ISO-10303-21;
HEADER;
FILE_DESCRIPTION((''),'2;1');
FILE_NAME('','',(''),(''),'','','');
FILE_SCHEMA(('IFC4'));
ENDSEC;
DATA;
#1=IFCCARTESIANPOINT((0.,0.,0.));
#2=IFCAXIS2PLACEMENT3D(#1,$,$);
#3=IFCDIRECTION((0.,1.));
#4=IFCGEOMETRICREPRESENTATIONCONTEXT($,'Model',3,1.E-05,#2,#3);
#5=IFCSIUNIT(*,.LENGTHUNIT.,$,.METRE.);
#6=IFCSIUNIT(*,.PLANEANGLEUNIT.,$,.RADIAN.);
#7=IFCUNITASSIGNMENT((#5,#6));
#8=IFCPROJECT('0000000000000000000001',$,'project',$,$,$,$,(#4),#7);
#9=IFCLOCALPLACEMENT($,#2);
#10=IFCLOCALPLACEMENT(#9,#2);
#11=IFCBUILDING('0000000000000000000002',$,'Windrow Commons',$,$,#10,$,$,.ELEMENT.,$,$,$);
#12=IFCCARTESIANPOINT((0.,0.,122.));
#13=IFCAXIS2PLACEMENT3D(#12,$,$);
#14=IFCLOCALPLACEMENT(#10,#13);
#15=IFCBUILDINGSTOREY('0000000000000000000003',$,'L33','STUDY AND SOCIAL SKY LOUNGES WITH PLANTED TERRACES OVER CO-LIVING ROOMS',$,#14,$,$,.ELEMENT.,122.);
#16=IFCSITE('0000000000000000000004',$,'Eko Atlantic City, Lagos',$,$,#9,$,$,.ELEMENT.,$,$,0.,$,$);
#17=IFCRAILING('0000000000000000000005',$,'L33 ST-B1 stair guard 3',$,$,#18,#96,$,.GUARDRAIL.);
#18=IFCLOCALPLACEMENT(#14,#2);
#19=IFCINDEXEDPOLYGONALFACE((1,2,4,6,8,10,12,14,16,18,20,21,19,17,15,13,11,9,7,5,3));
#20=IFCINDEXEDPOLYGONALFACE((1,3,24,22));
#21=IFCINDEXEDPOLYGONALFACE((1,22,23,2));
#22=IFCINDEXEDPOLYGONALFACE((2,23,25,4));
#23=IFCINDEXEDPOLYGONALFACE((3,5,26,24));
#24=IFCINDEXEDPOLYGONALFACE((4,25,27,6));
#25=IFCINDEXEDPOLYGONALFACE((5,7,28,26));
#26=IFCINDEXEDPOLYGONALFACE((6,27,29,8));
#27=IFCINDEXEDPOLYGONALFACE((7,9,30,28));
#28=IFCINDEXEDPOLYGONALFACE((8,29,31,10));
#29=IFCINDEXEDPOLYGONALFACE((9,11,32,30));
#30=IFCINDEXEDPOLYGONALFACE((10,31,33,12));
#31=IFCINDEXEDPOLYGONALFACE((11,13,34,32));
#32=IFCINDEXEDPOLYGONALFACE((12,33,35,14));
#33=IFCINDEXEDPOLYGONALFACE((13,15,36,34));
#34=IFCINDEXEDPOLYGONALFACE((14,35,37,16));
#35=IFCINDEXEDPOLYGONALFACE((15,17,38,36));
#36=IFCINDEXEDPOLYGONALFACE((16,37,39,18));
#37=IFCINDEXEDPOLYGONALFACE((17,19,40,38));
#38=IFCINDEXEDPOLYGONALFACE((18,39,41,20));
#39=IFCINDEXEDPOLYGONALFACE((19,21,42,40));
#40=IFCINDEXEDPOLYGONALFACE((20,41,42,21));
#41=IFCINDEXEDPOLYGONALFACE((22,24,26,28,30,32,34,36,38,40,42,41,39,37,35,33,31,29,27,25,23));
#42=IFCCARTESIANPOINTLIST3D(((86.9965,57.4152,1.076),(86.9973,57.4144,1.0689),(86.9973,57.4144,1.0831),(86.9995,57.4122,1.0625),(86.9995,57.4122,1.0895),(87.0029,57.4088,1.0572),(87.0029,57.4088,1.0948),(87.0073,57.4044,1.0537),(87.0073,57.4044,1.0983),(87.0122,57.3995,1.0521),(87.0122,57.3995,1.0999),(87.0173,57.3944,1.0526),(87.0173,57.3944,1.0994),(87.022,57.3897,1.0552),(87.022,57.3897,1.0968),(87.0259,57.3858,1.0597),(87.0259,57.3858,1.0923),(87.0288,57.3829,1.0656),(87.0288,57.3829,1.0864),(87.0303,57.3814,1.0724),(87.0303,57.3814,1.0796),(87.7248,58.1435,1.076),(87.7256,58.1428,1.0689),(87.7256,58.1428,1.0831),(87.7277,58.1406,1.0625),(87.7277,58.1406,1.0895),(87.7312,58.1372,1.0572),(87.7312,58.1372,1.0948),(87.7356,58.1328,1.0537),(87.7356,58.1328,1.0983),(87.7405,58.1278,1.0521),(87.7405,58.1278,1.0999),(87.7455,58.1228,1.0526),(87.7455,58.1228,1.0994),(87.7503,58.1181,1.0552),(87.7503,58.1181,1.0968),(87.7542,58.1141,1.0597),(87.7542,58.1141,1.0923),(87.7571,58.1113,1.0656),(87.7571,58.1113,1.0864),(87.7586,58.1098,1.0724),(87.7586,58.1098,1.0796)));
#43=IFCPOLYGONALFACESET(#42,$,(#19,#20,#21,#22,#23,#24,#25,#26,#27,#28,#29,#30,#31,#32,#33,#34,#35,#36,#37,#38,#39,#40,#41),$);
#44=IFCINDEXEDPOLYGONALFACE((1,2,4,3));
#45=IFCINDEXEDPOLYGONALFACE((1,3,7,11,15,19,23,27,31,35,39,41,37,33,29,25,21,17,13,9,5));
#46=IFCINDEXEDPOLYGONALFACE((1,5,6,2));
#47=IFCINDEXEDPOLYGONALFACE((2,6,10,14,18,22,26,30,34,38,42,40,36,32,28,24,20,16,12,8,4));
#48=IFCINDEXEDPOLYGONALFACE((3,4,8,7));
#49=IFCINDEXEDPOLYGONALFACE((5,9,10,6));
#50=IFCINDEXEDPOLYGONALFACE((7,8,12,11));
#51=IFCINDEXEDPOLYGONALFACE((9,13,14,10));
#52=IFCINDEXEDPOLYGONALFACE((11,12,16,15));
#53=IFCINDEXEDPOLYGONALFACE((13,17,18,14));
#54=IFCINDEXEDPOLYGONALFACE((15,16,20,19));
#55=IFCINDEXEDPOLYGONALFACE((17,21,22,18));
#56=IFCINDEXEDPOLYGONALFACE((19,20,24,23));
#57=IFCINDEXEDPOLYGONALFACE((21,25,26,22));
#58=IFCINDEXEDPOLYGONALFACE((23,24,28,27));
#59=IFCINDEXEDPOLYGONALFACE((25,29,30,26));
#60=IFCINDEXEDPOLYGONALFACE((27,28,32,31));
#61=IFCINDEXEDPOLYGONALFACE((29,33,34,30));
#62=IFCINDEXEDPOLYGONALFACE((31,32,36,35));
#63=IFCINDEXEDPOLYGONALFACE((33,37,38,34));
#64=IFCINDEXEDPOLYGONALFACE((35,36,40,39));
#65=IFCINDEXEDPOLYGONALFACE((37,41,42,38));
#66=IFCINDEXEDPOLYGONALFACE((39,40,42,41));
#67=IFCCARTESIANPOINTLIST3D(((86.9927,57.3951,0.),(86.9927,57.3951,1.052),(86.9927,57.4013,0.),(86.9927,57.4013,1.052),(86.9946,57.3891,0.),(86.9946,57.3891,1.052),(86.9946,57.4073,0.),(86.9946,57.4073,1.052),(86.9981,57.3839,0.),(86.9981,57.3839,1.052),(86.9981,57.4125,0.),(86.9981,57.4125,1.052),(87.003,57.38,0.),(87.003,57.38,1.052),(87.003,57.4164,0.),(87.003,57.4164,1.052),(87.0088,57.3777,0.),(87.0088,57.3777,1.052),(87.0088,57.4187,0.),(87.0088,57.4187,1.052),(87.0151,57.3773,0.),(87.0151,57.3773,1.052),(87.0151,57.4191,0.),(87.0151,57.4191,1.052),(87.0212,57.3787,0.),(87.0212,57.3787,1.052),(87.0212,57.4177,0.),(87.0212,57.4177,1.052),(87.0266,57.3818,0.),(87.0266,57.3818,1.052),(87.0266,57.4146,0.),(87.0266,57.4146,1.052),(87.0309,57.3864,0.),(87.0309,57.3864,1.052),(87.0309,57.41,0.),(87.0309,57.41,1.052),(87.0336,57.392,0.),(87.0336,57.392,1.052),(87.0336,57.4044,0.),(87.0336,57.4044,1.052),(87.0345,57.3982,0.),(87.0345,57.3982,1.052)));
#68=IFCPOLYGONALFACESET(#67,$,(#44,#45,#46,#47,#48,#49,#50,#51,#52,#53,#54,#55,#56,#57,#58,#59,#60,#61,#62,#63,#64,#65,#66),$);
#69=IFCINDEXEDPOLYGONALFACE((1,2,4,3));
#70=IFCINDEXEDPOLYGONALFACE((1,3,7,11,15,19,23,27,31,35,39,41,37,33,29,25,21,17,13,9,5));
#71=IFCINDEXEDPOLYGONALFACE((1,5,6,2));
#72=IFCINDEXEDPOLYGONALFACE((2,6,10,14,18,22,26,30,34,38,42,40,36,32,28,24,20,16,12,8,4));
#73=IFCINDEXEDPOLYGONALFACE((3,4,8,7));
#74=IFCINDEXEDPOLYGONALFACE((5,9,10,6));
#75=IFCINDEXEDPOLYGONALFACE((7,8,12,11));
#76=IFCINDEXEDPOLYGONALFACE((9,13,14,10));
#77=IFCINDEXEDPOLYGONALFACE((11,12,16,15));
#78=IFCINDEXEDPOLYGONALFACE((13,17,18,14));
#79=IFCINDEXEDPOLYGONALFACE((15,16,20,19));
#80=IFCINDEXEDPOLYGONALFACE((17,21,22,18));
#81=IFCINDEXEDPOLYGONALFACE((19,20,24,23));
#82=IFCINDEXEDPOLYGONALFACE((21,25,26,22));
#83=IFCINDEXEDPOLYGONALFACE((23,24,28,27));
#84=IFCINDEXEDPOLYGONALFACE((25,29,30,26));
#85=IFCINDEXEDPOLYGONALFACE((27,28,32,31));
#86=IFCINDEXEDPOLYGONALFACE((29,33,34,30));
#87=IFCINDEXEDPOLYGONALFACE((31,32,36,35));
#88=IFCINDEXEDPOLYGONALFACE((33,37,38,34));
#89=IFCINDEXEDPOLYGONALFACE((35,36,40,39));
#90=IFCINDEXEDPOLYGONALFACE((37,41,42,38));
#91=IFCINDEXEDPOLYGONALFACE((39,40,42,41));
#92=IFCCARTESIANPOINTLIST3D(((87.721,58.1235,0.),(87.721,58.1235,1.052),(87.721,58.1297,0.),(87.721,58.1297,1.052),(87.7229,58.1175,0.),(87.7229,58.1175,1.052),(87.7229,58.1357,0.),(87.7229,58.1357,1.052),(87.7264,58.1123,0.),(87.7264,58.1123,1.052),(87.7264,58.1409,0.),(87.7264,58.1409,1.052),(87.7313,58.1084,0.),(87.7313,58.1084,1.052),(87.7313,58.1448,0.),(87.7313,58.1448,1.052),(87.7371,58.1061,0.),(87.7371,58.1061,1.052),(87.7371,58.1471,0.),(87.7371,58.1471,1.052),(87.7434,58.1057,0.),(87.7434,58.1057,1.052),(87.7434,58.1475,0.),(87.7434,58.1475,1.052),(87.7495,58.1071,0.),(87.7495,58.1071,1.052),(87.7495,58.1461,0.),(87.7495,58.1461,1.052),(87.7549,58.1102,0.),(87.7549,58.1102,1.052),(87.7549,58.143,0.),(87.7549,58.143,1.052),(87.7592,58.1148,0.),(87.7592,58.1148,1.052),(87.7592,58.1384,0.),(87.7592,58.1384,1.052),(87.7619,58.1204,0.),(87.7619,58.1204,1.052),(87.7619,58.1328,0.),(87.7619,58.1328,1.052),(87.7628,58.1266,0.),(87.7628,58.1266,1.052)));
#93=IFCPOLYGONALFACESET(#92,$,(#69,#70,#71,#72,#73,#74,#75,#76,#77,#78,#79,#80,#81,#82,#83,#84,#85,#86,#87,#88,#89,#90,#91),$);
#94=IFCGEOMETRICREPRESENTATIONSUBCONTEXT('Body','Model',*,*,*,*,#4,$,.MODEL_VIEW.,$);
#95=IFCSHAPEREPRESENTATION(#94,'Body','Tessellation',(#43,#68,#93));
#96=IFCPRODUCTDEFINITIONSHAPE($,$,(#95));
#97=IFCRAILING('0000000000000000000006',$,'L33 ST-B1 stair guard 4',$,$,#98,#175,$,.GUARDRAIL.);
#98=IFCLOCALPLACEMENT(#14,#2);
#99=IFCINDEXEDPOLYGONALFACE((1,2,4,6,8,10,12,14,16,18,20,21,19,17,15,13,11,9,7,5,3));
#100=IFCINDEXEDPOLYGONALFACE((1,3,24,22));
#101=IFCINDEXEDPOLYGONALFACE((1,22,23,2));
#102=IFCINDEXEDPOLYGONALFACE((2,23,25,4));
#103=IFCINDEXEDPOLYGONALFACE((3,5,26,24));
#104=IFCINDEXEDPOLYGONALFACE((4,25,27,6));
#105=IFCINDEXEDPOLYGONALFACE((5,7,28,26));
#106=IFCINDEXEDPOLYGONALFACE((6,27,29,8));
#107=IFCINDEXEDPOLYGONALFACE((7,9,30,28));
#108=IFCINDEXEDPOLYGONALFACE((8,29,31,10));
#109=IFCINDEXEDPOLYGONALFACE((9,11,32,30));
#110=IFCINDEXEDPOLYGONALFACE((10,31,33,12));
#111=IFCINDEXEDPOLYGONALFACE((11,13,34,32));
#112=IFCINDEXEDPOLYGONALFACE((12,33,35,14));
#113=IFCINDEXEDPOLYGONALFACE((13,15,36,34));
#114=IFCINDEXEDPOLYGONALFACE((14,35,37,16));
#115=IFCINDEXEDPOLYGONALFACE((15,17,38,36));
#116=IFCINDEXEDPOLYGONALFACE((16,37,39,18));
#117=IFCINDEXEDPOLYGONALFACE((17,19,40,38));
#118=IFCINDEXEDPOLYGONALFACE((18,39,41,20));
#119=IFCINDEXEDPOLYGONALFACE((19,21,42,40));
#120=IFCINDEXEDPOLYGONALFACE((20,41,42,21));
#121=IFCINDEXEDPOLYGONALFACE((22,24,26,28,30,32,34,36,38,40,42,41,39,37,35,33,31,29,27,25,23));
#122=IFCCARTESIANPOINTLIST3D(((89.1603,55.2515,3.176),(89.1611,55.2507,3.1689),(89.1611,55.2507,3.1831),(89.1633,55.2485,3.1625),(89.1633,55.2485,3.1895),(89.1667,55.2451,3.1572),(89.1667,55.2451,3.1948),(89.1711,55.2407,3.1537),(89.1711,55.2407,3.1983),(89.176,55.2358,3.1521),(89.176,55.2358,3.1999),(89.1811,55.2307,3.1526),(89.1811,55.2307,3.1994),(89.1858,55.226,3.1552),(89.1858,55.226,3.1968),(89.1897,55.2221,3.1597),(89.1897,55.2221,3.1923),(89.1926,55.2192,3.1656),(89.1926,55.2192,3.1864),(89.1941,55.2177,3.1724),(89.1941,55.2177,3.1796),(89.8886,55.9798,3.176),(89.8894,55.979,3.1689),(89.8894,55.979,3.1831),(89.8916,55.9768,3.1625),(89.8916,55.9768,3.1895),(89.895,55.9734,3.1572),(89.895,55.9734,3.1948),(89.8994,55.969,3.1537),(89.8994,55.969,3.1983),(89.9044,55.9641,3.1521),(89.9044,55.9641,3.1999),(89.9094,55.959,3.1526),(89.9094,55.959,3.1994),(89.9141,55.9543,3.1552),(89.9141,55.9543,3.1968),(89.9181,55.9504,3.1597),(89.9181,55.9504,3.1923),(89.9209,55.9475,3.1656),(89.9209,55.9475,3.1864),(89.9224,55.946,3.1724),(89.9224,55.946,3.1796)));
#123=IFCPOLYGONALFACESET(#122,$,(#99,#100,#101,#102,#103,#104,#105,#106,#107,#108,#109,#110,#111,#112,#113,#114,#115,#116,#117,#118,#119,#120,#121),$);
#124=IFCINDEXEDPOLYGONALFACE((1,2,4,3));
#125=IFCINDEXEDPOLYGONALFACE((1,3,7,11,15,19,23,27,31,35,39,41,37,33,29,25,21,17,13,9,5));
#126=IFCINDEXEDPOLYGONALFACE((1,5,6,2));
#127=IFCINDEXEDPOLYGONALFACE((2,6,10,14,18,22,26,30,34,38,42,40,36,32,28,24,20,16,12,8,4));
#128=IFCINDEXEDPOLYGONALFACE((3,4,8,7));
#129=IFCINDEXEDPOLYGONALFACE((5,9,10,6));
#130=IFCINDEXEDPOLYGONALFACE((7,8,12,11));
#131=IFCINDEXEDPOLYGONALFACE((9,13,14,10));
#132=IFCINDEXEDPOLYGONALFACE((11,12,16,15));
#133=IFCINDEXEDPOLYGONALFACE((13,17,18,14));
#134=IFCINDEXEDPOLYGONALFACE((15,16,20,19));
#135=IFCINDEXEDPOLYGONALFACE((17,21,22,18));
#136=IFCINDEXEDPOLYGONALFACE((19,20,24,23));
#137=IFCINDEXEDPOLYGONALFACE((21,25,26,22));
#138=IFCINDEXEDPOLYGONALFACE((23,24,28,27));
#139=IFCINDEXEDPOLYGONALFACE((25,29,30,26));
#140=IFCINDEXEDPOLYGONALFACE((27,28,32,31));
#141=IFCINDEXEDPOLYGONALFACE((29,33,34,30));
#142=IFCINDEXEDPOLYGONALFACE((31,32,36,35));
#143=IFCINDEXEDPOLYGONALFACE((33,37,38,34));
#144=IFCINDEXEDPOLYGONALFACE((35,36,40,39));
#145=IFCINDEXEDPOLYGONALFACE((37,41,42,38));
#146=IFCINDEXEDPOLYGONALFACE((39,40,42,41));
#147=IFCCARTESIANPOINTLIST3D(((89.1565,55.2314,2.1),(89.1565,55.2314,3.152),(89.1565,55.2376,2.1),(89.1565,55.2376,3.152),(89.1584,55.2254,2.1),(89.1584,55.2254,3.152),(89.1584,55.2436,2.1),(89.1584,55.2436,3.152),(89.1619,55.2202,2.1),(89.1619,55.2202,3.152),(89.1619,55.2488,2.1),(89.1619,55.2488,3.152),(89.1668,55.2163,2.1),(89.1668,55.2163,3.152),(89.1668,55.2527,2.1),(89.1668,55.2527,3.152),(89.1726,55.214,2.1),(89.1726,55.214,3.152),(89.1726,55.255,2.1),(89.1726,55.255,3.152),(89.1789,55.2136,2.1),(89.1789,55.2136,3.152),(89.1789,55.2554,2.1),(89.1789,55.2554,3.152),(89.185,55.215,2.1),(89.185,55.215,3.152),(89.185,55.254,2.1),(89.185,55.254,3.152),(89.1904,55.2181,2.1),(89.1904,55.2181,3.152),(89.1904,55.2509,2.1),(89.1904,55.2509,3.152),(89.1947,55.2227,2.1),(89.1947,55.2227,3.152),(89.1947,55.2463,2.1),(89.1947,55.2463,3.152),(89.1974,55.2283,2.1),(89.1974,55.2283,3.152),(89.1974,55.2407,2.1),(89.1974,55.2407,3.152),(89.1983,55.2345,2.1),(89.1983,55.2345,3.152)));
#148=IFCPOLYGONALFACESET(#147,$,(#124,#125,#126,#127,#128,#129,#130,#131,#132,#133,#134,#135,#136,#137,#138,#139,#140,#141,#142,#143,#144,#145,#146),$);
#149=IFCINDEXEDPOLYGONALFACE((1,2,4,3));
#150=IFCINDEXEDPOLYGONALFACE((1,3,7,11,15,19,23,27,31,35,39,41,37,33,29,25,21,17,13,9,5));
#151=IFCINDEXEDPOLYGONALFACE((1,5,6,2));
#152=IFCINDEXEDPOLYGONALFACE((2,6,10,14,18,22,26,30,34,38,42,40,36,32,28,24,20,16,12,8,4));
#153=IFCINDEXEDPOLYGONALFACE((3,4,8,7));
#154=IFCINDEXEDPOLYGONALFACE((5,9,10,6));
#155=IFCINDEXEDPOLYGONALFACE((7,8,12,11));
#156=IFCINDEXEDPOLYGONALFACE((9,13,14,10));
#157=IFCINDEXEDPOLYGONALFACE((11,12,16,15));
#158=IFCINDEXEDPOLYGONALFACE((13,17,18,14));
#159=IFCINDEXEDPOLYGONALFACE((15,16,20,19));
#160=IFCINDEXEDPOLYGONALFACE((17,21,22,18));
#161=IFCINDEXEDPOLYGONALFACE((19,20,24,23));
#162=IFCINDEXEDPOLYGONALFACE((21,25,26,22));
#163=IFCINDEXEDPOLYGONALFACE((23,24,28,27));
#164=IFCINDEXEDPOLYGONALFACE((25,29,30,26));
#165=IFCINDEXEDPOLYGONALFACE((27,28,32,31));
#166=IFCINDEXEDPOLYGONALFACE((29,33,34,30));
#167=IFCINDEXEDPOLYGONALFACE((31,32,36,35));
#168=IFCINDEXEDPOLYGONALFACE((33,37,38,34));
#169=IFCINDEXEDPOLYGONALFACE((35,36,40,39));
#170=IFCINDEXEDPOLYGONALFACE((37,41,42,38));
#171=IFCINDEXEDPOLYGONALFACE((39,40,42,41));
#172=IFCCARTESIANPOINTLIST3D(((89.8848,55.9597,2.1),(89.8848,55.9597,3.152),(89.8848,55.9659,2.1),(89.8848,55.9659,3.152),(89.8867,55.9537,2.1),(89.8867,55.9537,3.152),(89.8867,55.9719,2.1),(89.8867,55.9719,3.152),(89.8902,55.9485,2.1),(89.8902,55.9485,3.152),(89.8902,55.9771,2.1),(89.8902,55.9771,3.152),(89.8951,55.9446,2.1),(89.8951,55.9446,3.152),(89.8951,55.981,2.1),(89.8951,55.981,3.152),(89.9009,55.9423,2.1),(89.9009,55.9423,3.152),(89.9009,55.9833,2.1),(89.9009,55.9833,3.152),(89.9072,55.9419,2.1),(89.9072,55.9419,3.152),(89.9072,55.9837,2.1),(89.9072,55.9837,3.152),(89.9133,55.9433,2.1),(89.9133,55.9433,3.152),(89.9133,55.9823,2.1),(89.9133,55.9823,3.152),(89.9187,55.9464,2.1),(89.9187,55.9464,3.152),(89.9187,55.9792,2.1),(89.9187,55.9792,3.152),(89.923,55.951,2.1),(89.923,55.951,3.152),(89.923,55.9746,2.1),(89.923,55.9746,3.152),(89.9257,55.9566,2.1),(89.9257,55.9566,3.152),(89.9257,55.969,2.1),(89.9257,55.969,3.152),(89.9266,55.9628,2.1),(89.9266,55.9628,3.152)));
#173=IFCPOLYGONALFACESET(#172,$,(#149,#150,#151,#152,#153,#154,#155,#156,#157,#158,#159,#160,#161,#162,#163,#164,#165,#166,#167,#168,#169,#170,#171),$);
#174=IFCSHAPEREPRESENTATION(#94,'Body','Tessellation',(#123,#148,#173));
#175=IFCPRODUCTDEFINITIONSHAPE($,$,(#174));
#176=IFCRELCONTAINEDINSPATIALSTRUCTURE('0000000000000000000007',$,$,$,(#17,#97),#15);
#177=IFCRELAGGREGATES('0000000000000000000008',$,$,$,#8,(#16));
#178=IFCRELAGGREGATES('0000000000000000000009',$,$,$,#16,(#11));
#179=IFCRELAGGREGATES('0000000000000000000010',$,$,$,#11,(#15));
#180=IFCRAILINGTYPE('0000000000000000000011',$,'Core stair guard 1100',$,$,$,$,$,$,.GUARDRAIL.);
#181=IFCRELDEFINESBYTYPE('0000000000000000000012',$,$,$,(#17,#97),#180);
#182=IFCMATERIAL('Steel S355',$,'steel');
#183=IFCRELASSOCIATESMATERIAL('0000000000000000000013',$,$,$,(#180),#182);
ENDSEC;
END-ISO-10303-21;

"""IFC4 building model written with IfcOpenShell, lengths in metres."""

from ifc_helpers import new_model, si_unit, direction, frame, origin, origin_2d, place, context, subcontext, project, spatial, circle, extrude, material, type_object, element, save


model = new_model("IFC4")

# Units and contexts
model_context = context("Model", 3, precision=1e-05, world=origin(), true_north=direction((0.0, 1.0)))
body_context = subcontext(model_context, "Body", "Model", "MODEL_VIEW")
ifc_project = project(units=[si_unit("LENGTHUNIT", "METRE"), si_unit("PLANEANGLEUNIT", "RADIAN")], contexts=[model_context])

# Site, building, storey
site_placement = place(None, origin())
site = spatial("IfcSite", under=ifc_project, at=site_placement, Name="Eko Atlantic City, Lagos", CompositionType="ELEMENT", RefElevation=0.0)
building_placement = place(site_placement, origin())
building = spatial("IfcBuilding", under=site, at=building_placement, Name="Windrow Commons", CompositionType="ELEMENT")
storey_placement = place(building_placement, frame((0.0, 0.0, 122.0)))
storey = spatial("IfcBuildingStorey", under=building, at=storey_placement, Name="L33", Description="STUDY AND SOCIAL SKY LOUNGES WITH PLANTED TERRACES OVER CO-LIVING ROOMS", CompositionType="ELEMENT", Elevation=122.0)

# Railings
ifc_material_1 = material(Name="Steel S355", Category="steel")
railing_type_1 = type_object("IfcRailingType", Name="Core stair guard 1100", PredefinedType="GUARDRAIL", material=ifc_material_1)
railing_1_placement = place(storey_placement, frame((87.0135, 57.3982, 0.0)))
element("IfcRailing", 1, at=railing_1_placement, inside=storey, type_object=railing_type_1, Name="L33 ST-B1 stair guard 3", PredefinedType="GUARDRAIL", context=body_context, shape_type="SweptSolid", body=[
    extrude(circle(Radius=0.024, at=origin_2d()), frame((0.0, 0.0, 1.076), z_axis=(0.707058, 0.707155, 0.0), x_axis=(-0.707155, 0.707058, 0.0)), (0.0, 0.0, 1.0), 1.03),
    extrude(circle(Radius=0.021, at=origin_2d()), origin(), (0.0, 0.0, 1.0), 1.052),
    extrude(circle(Radius=0.021, at=origin_2d()), frame((0.7283, 0.7284, 0.0)), (0.0, 0.0, 1.0), 1.052),
])
railing_2_placement = place(storey_placement, frame((89.1773, 55.2345, 2.1)))
element("IfcRailing", 2, at=railing_2_placement, inside=storey, type_object=railing_type_1, Name="L33 ST-B1 stair guard 4", PredefinedType="GUARDRAIL", context=body_context, shape_type="SweptSolid", body=[
    extrude(circle(Radius=0.024, at=origin_2d()), frame((0.0, 0.0, 1.076), z_axis=(0.707107, 0.707107, 0.0), x_axis=(-0.707107, 0.707107, 0.0)), (0.0, 0.0, 1.0), 1.03),
    extrude(circle(Radius=0.021, at=origin_2d()), origin(), (0.0, 0.0, 1.0), 1.052),
    extrude(circle(Radius=0.021, at=origin_2d()), frame((0.7283, 0.7283, 0.0)), (0.0, 0.0, 1.0), 1.052),
])

save(model, "model.ifc")
